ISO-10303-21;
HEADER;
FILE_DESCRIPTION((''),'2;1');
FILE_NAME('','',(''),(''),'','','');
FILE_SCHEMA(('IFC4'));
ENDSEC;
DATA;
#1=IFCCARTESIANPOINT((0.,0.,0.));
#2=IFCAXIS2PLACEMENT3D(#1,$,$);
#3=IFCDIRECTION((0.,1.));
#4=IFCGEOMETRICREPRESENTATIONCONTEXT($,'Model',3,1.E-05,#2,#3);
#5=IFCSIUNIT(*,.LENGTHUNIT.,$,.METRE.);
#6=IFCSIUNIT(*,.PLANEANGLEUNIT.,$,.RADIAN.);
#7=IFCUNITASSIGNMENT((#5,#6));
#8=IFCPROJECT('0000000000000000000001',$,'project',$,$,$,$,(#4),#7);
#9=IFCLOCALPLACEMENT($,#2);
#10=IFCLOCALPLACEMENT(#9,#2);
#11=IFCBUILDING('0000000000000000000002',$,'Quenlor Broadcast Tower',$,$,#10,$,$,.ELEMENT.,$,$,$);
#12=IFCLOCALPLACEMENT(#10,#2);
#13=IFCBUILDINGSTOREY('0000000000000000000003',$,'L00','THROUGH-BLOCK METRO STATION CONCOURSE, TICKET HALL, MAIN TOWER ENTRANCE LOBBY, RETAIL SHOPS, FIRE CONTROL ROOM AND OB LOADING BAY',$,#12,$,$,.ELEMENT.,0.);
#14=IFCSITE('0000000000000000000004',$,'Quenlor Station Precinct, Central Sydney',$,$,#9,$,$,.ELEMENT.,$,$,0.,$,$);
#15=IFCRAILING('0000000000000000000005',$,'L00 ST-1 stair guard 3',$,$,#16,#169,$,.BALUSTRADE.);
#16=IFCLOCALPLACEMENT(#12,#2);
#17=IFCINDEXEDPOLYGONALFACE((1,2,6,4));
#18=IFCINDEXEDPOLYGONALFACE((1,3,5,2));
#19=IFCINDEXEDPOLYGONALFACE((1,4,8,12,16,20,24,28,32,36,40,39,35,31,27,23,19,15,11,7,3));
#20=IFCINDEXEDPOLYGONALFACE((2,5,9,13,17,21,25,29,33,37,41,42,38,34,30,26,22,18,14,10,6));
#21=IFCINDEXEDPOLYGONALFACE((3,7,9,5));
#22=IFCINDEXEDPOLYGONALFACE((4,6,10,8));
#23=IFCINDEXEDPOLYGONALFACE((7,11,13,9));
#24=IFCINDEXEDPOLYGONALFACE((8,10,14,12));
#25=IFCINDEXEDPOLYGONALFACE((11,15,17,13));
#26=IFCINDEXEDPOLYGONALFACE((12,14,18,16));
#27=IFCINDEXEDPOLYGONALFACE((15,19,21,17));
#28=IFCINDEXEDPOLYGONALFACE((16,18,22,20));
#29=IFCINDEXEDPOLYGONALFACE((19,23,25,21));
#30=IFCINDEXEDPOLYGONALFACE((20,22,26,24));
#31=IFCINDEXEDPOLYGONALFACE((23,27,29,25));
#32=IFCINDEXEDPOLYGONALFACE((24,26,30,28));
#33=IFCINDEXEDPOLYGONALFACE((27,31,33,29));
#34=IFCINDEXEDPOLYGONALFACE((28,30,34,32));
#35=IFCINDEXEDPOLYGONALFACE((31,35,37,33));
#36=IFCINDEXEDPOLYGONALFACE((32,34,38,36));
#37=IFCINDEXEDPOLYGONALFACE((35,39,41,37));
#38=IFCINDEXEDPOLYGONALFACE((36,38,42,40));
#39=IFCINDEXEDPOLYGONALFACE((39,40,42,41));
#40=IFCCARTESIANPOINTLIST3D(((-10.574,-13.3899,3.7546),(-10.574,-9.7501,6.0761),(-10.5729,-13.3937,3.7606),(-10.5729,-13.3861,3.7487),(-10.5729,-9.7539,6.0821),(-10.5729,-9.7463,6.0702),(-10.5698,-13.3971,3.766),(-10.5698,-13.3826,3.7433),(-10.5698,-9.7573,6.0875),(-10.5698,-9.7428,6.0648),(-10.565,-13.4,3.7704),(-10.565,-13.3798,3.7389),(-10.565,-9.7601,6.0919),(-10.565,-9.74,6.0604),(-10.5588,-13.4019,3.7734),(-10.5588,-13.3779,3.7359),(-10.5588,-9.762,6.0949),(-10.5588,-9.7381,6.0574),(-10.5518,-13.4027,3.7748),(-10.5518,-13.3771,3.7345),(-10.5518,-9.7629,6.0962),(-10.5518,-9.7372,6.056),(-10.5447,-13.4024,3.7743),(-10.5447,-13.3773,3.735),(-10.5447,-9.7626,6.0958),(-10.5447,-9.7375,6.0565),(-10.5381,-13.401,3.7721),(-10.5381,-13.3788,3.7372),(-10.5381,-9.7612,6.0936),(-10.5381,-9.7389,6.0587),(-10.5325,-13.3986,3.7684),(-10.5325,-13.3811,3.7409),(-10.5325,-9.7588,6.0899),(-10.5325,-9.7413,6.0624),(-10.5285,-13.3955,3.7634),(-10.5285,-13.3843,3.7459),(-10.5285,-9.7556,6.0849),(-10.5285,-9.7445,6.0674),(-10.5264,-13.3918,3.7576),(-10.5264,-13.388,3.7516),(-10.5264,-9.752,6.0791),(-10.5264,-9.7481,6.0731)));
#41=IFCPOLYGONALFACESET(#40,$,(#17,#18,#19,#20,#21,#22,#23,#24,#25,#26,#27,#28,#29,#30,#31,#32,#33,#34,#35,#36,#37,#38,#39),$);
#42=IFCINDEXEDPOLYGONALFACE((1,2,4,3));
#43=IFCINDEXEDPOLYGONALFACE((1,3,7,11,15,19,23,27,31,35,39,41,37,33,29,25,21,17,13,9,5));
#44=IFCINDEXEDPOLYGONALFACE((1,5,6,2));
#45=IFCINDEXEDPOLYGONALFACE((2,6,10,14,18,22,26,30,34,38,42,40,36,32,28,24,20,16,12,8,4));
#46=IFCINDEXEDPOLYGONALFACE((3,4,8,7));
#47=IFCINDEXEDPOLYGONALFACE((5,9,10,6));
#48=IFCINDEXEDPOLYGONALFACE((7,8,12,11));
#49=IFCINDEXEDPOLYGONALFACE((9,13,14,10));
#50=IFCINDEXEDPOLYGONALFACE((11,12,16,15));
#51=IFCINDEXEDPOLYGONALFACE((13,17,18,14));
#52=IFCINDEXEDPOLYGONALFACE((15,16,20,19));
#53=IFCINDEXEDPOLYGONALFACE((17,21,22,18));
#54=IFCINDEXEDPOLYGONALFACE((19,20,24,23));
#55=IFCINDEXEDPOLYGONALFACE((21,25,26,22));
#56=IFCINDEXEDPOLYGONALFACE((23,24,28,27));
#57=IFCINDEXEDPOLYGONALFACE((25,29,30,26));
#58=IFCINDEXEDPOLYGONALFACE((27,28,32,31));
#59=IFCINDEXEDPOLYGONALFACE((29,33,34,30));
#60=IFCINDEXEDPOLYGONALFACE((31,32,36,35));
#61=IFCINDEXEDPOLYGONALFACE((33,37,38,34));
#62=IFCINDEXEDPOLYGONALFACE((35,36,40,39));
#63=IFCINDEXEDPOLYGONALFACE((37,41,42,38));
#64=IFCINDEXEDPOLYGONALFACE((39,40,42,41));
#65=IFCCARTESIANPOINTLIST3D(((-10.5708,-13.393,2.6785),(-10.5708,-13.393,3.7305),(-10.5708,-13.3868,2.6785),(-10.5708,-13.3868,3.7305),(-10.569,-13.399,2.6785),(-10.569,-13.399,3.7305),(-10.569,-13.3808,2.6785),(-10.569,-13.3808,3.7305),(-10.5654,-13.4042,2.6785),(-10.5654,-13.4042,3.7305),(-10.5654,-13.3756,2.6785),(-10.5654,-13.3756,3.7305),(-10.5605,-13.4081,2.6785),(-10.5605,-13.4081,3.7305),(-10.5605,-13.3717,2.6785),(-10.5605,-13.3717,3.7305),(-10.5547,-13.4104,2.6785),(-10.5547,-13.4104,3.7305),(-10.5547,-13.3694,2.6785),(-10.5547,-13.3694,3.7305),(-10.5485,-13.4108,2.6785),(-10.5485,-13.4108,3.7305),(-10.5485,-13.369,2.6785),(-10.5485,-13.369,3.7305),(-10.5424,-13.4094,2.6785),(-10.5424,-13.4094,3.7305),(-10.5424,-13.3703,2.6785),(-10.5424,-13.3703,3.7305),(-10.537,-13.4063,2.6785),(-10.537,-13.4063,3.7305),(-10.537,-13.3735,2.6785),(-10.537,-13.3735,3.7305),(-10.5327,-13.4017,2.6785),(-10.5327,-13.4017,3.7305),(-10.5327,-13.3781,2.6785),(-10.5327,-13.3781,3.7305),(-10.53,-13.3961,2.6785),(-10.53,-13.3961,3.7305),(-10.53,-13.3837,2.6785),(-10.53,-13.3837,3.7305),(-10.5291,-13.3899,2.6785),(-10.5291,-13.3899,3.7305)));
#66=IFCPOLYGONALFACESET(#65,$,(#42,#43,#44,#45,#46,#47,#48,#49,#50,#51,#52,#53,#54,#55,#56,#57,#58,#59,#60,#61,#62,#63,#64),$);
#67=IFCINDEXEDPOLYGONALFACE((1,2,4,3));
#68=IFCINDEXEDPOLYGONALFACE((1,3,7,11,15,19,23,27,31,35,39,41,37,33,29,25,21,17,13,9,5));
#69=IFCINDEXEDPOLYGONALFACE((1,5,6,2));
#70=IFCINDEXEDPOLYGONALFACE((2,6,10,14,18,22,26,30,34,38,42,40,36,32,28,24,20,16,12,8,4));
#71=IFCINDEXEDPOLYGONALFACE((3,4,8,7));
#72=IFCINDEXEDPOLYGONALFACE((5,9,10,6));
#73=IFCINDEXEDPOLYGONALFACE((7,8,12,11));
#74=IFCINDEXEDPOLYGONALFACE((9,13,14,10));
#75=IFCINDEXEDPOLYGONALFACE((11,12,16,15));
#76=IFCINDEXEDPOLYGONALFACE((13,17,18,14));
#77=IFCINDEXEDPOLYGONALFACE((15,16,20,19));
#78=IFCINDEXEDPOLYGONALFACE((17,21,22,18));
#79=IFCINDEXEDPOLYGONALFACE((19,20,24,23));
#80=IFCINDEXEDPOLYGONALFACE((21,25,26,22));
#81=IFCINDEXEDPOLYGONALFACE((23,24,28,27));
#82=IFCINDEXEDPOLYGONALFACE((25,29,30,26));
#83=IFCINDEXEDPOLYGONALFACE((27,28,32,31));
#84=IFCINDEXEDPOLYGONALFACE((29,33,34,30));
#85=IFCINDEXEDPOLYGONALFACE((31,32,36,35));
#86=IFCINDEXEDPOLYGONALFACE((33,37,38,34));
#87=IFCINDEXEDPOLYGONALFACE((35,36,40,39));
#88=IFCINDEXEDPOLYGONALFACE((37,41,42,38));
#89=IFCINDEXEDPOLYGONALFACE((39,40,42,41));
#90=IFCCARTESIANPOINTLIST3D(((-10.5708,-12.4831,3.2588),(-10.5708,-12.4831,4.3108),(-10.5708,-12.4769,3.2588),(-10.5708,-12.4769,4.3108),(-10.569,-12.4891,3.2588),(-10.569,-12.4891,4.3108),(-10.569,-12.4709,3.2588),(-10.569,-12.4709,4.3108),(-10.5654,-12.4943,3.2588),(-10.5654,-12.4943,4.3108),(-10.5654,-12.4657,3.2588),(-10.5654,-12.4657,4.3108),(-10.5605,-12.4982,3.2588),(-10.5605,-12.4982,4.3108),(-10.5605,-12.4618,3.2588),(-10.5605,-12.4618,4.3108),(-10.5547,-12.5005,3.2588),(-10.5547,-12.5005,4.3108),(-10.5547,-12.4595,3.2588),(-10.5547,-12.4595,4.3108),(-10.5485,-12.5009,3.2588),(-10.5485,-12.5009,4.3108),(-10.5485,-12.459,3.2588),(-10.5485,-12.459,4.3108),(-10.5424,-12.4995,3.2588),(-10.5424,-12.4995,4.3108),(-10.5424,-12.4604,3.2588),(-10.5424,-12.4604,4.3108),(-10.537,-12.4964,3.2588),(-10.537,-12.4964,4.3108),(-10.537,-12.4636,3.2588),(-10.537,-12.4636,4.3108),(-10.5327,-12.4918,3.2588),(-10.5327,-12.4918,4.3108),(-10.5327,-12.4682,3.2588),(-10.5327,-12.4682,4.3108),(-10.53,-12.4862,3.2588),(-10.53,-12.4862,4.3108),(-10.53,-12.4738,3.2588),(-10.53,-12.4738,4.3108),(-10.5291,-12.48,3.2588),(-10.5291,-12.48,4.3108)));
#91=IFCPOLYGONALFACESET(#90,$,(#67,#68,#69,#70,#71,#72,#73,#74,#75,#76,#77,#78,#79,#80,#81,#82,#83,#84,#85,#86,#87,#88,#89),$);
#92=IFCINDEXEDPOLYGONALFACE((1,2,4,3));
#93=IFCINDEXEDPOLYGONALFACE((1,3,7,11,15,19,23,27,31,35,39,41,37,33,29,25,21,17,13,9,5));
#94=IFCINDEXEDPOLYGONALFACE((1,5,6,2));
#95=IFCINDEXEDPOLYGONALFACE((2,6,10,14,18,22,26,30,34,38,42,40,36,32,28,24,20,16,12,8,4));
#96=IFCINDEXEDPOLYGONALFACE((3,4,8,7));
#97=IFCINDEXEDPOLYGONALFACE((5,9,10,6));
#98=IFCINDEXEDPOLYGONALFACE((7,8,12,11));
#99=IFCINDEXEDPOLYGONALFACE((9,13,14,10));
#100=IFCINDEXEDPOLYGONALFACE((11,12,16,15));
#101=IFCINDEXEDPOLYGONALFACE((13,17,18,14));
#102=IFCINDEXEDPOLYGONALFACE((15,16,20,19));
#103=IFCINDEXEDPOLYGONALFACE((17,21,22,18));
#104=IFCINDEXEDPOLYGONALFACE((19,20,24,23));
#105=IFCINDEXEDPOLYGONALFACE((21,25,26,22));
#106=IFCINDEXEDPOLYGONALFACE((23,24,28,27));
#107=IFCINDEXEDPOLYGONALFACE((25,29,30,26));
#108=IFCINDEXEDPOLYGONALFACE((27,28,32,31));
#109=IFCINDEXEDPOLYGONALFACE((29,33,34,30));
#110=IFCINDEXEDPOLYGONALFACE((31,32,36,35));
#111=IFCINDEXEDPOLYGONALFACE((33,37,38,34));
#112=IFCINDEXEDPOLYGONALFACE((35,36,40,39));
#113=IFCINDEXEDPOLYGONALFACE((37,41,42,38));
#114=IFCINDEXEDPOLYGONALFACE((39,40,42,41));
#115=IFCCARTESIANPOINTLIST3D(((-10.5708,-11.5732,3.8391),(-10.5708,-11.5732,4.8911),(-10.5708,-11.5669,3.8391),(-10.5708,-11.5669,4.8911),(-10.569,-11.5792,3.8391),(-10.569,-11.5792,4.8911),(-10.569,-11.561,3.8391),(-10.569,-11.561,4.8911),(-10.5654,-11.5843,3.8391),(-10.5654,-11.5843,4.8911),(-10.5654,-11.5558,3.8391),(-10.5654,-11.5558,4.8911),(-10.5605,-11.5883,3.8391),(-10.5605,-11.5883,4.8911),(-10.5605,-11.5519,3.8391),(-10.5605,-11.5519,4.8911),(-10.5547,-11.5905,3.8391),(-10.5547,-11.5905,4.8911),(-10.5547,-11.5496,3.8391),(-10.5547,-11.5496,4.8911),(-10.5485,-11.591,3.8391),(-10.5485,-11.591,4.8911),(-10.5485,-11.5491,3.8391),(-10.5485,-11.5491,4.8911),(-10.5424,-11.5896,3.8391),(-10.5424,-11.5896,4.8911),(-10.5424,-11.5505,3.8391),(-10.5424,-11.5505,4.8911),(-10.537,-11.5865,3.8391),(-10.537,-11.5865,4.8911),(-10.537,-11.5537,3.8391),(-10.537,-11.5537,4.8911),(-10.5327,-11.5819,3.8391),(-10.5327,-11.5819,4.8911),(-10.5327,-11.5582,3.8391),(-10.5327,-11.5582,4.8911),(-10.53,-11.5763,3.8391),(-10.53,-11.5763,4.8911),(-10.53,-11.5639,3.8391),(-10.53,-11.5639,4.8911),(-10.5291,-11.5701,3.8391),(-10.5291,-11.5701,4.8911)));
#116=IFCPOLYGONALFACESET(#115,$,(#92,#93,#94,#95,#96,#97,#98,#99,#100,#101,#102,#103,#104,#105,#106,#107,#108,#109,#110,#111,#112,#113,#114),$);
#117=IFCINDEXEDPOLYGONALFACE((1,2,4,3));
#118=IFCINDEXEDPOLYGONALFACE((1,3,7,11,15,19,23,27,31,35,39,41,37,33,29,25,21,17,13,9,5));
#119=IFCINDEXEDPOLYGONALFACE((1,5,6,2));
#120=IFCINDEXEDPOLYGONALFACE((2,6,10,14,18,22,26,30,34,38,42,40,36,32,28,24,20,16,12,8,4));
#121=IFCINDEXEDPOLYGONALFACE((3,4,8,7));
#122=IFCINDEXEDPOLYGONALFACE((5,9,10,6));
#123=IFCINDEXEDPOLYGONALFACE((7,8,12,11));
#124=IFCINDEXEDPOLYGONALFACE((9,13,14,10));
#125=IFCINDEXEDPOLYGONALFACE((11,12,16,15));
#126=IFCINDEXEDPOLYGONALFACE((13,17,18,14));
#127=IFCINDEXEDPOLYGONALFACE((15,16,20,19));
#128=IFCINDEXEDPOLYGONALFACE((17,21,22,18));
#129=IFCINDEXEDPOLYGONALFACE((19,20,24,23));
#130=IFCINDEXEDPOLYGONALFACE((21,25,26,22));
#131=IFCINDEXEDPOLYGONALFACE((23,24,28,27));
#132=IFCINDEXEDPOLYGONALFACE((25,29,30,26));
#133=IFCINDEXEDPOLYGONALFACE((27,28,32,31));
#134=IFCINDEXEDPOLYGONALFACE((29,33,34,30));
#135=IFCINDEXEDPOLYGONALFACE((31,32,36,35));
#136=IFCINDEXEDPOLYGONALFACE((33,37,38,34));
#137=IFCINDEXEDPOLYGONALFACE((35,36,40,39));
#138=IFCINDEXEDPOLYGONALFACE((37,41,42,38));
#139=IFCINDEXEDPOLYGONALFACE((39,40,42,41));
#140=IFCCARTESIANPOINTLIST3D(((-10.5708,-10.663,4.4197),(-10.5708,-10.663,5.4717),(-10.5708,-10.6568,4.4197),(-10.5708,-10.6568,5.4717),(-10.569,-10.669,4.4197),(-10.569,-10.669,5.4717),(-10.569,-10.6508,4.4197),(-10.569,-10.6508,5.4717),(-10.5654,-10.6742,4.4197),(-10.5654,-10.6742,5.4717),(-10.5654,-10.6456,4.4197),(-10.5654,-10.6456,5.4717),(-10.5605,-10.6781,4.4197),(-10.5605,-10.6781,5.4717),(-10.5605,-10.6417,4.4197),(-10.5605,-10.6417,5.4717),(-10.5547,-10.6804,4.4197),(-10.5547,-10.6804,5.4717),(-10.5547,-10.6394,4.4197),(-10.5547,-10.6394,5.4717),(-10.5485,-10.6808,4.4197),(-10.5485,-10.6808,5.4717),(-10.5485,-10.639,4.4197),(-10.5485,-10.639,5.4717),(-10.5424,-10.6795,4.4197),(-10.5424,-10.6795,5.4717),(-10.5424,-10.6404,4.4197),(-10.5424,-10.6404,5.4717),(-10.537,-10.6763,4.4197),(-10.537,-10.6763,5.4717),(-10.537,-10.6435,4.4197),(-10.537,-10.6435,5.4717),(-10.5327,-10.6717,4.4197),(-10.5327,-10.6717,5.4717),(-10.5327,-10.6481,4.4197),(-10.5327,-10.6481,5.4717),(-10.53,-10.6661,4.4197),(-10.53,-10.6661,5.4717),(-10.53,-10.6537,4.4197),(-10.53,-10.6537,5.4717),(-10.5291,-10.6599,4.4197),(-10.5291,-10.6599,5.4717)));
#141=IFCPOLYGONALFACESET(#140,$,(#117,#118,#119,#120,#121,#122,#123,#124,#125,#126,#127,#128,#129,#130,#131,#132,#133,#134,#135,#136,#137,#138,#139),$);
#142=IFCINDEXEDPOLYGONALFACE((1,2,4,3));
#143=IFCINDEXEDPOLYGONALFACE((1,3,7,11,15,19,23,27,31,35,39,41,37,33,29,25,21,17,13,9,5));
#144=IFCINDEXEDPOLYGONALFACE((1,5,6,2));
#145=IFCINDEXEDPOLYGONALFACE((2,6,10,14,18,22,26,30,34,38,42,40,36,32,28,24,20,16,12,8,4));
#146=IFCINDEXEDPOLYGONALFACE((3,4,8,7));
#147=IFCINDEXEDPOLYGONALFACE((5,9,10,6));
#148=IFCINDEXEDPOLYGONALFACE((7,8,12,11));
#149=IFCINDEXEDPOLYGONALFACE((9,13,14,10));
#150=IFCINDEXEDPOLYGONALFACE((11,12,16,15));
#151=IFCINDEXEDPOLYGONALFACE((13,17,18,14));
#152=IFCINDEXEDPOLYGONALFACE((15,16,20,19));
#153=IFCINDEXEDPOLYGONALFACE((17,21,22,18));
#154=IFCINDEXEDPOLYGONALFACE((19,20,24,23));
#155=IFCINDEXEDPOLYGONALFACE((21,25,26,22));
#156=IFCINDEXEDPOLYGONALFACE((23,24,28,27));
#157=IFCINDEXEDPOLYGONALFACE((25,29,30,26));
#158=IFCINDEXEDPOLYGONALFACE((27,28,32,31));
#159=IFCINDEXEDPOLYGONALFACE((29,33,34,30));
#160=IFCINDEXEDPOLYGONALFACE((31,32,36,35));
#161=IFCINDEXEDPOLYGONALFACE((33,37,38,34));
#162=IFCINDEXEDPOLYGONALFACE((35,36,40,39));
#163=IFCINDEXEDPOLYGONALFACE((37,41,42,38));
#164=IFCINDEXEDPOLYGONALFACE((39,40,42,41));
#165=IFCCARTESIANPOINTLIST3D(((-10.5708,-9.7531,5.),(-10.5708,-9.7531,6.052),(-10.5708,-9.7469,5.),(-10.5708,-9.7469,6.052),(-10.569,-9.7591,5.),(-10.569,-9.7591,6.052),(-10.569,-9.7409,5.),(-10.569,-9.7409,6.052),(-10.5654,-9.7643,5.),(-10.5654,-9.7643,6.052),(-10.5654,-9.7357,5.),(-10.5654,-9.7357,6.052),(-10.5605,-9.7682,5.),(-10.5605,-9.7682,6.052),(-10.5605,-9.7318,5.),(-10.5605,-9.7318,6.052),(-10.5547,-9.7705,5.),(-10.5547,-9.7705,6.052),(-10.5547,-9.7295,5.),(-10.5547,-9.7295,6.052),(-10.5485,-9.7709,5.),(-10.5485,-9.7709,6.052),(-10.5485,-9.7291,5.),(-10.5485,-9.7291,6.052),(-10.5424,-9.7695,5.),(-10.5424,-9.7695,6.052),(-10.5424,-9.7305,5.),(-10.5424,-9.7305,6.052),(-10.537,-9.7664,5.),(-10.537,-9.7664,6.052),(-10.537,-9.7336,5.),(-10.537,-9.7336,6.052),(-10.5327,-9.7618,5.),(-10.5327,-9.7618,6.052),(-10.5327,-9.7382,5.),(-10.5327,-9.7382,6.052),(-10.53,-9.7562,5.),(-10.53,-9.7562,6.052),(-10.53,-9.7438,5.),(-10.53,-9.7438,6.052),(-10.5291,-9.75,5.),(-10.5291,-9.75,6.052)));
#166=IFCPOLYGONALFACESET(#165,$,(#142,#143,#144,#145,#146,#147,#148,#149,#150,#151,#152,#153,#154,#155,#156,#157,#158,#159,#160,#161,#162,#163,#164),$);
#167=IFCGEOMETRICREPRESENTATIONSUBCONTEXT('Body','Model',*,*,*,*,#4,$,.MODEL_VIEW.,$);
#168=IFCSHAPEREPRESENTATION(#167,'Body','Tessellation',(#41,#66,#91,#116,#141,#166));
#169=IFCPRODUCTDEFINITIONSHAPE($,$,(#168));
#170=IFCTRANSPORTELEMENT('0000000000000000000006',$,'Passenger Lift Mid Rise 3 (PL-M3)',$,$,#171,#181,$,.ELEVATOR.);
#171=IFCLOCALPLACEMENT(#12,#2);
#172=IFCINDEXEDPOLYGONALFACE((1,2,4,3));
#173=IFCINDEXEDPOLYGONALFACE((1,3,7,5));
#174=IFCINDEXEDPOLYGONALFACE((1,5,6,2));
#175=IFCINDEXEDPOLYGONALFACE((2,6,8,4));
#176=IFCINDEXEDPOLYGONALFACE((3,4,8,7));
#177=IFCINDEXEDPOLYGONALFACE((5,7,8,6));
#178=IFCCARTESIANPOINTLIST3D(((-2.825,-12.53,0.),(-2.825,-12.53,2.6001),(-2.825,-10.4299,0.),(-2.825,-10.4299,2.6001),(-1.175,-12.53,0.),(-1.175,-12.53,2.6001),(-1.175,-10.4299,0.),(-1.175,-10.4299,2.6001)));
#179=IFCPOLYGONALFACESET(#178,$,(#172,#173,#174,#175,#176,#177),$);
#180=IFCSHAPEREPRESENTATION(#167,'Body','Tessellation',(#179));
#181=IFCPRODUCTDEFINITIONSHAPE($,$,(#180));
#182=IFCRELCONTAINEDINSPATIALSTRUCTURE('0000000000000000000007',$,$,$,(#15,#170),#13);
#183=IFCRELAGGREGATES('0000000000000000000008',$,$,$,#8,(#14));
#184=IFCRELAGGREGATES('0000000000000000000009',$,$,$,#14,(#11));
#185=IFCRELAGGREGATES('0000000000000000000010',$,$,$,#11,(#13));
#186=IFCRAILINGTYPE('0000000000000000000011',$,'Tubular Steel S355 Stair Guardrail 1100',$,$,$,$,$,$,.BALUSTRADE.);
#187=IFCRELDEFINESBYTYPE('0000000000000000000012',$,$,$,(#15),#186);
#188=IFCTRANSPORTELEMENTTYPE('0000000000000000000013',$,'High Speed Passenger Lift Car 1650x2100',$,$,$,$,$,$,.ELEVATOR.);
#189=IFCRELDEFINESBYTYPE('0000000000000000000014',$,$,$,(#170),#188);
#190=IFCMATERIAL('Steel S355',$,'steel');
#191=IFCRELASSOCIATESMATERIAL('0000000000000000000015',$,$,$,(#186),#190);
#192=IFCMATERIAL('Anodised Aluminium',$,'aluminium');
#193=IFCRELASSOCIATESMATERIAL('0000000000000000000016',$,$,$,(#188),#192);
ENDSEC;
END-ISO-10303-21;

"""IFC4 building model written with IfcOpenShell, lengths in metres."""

from ifc_helpers import new_model, si_unit, direction, frame, origin, origin_2d, place, context, subcontext, project, spatial, rectangle, circle, extrude, material, type_object, element, save


model = new_model("IFC4")

# Units and contexts
model_context = context("Model", 3, precision=1e-05, world=origin(), true_north=direction((0.0, 1.0)))
body_context = subcontext(model_context, "Body", "Model", "MODEL_VIEW")
ifc_project = project(units=[si_unit("LENGTHUNIT", "METRE"), si_unit("PLANEANGLEUNIT", "RADIAN")], contexts=[model_context])

# Site, building, storey
site_placement = place(None, origin())
site = spatial("IfcSite", under=ifc_project, at=site_placement, Name="Quenlor Station Precinct, Central Sydney", CompositionType="ELEMENT", RefElevation=0.0)
building_placement = place(site_placement, origin())
building = spatial("IfcBuilding", under=site, at=building_placement, Name="Quenlor Broadcast Tower", CompositionType="ELEMENT")
storey_placement = place(building_placement, origin())
storey = spatial("IfcBuildingStorey", under=building, at=storey_placement, Name="L00", Description="THROUGH-BLOCK METRO STATION CONCOURSE, TICKET HALL, MAIN TOWER ENTRANCE LOBBY, RETAIL SHOPS, FIRE CONTROL ROOM AND OB LOADING BAY", CompositionType="ELEMENT", Elevation=0.0)

# Railing
ifc_material_1 = material(Name="Steel S355", Category="steel")
railing_type_1 = type_object("IfcRailingType", Name="Tubular Steel S355 Stair Guardrail 1100", PredefinedType="BALUSTRADE", material=ifc_material_1)
railing_1_placement = place(storey_placement, frame((-10.55, -13.3899, 2.6785)))
element("IfcRailing", 1, at=railing_1_placement, inside=storey, type_object=railing_type_1, Name="L00 ST-1 stair guard 3", PredefinedType="BALUSTRADE", context=body_context, shape_type="SweptSolid", body=[
    extrude(circle(Radius=0.0239, at=origin_2d()), frame((0.0, 0.0, 1.0762), z_axis=(0.0, 0.843112, 0.537739), x_axis=(-1.0, 0.0, 0.0)), (0.0, 0.0, 1.0), 4.3171),
    extrude(circle(Radius=0.021, at=origin_2d()), origin(), (0.0, 0.0, 1.0), 1.052),
    extrude(circle(Radius=0.021, at=origin_2d()), frame((0.0, 0.9099, 0.5803)), (0.0, 0.0, 1.0), 1.052),
    extrude(circle(Radius=0.021, at=origin_2d()), frame((0.0, 1.8198, 1.1606)), (0.0, 0.0, 1.0), 1.052),
    extrude(circle(Radius=0.021, at=origin_2d()), frame((0.0, 2.73, 1.7412)), (0.0, 0.0, 1.0), 1.052),
    extrude(circle(Radius=0.021, at=origin_2d()), frame((0.0, 3.6399, 2.3215)), (0.0, 0.0, 1.0), 1.052),
])

# Transport element
ifc_material_2 = material(Name="Anodised Aluminium", Category="aluminium")
transport_element_type = type_object("IfcTransportElementType", Name="High Speed Passenger Lift Car 1650x2100", PredefinedType="ELEVATOR", material=ifc_material_2)
transport_element_placement = place(storey_placement, frame((-2.0, -11.48, 0.0), z_axis=(0.0, 0.0, 1.0), x_axis=(1.0, 0.0, 0.0)))
element("IfcTransportElement", 2, at=transport_element_placement, inside=storey, type_object=transport_element_type, Name="Passenger Lift Mid Rise 3 (PL-M3)", PredefinedType="ELEVATOR", context=body_context, shape_type="SweptSolid", body=[
    extrude(rectangle(XDim=1.6499, YDim=2.1001, at=origin_2d()), origin(), (0.0, 0.0, 1.0), 2.6001),
])

save(model, "model.ifc")
